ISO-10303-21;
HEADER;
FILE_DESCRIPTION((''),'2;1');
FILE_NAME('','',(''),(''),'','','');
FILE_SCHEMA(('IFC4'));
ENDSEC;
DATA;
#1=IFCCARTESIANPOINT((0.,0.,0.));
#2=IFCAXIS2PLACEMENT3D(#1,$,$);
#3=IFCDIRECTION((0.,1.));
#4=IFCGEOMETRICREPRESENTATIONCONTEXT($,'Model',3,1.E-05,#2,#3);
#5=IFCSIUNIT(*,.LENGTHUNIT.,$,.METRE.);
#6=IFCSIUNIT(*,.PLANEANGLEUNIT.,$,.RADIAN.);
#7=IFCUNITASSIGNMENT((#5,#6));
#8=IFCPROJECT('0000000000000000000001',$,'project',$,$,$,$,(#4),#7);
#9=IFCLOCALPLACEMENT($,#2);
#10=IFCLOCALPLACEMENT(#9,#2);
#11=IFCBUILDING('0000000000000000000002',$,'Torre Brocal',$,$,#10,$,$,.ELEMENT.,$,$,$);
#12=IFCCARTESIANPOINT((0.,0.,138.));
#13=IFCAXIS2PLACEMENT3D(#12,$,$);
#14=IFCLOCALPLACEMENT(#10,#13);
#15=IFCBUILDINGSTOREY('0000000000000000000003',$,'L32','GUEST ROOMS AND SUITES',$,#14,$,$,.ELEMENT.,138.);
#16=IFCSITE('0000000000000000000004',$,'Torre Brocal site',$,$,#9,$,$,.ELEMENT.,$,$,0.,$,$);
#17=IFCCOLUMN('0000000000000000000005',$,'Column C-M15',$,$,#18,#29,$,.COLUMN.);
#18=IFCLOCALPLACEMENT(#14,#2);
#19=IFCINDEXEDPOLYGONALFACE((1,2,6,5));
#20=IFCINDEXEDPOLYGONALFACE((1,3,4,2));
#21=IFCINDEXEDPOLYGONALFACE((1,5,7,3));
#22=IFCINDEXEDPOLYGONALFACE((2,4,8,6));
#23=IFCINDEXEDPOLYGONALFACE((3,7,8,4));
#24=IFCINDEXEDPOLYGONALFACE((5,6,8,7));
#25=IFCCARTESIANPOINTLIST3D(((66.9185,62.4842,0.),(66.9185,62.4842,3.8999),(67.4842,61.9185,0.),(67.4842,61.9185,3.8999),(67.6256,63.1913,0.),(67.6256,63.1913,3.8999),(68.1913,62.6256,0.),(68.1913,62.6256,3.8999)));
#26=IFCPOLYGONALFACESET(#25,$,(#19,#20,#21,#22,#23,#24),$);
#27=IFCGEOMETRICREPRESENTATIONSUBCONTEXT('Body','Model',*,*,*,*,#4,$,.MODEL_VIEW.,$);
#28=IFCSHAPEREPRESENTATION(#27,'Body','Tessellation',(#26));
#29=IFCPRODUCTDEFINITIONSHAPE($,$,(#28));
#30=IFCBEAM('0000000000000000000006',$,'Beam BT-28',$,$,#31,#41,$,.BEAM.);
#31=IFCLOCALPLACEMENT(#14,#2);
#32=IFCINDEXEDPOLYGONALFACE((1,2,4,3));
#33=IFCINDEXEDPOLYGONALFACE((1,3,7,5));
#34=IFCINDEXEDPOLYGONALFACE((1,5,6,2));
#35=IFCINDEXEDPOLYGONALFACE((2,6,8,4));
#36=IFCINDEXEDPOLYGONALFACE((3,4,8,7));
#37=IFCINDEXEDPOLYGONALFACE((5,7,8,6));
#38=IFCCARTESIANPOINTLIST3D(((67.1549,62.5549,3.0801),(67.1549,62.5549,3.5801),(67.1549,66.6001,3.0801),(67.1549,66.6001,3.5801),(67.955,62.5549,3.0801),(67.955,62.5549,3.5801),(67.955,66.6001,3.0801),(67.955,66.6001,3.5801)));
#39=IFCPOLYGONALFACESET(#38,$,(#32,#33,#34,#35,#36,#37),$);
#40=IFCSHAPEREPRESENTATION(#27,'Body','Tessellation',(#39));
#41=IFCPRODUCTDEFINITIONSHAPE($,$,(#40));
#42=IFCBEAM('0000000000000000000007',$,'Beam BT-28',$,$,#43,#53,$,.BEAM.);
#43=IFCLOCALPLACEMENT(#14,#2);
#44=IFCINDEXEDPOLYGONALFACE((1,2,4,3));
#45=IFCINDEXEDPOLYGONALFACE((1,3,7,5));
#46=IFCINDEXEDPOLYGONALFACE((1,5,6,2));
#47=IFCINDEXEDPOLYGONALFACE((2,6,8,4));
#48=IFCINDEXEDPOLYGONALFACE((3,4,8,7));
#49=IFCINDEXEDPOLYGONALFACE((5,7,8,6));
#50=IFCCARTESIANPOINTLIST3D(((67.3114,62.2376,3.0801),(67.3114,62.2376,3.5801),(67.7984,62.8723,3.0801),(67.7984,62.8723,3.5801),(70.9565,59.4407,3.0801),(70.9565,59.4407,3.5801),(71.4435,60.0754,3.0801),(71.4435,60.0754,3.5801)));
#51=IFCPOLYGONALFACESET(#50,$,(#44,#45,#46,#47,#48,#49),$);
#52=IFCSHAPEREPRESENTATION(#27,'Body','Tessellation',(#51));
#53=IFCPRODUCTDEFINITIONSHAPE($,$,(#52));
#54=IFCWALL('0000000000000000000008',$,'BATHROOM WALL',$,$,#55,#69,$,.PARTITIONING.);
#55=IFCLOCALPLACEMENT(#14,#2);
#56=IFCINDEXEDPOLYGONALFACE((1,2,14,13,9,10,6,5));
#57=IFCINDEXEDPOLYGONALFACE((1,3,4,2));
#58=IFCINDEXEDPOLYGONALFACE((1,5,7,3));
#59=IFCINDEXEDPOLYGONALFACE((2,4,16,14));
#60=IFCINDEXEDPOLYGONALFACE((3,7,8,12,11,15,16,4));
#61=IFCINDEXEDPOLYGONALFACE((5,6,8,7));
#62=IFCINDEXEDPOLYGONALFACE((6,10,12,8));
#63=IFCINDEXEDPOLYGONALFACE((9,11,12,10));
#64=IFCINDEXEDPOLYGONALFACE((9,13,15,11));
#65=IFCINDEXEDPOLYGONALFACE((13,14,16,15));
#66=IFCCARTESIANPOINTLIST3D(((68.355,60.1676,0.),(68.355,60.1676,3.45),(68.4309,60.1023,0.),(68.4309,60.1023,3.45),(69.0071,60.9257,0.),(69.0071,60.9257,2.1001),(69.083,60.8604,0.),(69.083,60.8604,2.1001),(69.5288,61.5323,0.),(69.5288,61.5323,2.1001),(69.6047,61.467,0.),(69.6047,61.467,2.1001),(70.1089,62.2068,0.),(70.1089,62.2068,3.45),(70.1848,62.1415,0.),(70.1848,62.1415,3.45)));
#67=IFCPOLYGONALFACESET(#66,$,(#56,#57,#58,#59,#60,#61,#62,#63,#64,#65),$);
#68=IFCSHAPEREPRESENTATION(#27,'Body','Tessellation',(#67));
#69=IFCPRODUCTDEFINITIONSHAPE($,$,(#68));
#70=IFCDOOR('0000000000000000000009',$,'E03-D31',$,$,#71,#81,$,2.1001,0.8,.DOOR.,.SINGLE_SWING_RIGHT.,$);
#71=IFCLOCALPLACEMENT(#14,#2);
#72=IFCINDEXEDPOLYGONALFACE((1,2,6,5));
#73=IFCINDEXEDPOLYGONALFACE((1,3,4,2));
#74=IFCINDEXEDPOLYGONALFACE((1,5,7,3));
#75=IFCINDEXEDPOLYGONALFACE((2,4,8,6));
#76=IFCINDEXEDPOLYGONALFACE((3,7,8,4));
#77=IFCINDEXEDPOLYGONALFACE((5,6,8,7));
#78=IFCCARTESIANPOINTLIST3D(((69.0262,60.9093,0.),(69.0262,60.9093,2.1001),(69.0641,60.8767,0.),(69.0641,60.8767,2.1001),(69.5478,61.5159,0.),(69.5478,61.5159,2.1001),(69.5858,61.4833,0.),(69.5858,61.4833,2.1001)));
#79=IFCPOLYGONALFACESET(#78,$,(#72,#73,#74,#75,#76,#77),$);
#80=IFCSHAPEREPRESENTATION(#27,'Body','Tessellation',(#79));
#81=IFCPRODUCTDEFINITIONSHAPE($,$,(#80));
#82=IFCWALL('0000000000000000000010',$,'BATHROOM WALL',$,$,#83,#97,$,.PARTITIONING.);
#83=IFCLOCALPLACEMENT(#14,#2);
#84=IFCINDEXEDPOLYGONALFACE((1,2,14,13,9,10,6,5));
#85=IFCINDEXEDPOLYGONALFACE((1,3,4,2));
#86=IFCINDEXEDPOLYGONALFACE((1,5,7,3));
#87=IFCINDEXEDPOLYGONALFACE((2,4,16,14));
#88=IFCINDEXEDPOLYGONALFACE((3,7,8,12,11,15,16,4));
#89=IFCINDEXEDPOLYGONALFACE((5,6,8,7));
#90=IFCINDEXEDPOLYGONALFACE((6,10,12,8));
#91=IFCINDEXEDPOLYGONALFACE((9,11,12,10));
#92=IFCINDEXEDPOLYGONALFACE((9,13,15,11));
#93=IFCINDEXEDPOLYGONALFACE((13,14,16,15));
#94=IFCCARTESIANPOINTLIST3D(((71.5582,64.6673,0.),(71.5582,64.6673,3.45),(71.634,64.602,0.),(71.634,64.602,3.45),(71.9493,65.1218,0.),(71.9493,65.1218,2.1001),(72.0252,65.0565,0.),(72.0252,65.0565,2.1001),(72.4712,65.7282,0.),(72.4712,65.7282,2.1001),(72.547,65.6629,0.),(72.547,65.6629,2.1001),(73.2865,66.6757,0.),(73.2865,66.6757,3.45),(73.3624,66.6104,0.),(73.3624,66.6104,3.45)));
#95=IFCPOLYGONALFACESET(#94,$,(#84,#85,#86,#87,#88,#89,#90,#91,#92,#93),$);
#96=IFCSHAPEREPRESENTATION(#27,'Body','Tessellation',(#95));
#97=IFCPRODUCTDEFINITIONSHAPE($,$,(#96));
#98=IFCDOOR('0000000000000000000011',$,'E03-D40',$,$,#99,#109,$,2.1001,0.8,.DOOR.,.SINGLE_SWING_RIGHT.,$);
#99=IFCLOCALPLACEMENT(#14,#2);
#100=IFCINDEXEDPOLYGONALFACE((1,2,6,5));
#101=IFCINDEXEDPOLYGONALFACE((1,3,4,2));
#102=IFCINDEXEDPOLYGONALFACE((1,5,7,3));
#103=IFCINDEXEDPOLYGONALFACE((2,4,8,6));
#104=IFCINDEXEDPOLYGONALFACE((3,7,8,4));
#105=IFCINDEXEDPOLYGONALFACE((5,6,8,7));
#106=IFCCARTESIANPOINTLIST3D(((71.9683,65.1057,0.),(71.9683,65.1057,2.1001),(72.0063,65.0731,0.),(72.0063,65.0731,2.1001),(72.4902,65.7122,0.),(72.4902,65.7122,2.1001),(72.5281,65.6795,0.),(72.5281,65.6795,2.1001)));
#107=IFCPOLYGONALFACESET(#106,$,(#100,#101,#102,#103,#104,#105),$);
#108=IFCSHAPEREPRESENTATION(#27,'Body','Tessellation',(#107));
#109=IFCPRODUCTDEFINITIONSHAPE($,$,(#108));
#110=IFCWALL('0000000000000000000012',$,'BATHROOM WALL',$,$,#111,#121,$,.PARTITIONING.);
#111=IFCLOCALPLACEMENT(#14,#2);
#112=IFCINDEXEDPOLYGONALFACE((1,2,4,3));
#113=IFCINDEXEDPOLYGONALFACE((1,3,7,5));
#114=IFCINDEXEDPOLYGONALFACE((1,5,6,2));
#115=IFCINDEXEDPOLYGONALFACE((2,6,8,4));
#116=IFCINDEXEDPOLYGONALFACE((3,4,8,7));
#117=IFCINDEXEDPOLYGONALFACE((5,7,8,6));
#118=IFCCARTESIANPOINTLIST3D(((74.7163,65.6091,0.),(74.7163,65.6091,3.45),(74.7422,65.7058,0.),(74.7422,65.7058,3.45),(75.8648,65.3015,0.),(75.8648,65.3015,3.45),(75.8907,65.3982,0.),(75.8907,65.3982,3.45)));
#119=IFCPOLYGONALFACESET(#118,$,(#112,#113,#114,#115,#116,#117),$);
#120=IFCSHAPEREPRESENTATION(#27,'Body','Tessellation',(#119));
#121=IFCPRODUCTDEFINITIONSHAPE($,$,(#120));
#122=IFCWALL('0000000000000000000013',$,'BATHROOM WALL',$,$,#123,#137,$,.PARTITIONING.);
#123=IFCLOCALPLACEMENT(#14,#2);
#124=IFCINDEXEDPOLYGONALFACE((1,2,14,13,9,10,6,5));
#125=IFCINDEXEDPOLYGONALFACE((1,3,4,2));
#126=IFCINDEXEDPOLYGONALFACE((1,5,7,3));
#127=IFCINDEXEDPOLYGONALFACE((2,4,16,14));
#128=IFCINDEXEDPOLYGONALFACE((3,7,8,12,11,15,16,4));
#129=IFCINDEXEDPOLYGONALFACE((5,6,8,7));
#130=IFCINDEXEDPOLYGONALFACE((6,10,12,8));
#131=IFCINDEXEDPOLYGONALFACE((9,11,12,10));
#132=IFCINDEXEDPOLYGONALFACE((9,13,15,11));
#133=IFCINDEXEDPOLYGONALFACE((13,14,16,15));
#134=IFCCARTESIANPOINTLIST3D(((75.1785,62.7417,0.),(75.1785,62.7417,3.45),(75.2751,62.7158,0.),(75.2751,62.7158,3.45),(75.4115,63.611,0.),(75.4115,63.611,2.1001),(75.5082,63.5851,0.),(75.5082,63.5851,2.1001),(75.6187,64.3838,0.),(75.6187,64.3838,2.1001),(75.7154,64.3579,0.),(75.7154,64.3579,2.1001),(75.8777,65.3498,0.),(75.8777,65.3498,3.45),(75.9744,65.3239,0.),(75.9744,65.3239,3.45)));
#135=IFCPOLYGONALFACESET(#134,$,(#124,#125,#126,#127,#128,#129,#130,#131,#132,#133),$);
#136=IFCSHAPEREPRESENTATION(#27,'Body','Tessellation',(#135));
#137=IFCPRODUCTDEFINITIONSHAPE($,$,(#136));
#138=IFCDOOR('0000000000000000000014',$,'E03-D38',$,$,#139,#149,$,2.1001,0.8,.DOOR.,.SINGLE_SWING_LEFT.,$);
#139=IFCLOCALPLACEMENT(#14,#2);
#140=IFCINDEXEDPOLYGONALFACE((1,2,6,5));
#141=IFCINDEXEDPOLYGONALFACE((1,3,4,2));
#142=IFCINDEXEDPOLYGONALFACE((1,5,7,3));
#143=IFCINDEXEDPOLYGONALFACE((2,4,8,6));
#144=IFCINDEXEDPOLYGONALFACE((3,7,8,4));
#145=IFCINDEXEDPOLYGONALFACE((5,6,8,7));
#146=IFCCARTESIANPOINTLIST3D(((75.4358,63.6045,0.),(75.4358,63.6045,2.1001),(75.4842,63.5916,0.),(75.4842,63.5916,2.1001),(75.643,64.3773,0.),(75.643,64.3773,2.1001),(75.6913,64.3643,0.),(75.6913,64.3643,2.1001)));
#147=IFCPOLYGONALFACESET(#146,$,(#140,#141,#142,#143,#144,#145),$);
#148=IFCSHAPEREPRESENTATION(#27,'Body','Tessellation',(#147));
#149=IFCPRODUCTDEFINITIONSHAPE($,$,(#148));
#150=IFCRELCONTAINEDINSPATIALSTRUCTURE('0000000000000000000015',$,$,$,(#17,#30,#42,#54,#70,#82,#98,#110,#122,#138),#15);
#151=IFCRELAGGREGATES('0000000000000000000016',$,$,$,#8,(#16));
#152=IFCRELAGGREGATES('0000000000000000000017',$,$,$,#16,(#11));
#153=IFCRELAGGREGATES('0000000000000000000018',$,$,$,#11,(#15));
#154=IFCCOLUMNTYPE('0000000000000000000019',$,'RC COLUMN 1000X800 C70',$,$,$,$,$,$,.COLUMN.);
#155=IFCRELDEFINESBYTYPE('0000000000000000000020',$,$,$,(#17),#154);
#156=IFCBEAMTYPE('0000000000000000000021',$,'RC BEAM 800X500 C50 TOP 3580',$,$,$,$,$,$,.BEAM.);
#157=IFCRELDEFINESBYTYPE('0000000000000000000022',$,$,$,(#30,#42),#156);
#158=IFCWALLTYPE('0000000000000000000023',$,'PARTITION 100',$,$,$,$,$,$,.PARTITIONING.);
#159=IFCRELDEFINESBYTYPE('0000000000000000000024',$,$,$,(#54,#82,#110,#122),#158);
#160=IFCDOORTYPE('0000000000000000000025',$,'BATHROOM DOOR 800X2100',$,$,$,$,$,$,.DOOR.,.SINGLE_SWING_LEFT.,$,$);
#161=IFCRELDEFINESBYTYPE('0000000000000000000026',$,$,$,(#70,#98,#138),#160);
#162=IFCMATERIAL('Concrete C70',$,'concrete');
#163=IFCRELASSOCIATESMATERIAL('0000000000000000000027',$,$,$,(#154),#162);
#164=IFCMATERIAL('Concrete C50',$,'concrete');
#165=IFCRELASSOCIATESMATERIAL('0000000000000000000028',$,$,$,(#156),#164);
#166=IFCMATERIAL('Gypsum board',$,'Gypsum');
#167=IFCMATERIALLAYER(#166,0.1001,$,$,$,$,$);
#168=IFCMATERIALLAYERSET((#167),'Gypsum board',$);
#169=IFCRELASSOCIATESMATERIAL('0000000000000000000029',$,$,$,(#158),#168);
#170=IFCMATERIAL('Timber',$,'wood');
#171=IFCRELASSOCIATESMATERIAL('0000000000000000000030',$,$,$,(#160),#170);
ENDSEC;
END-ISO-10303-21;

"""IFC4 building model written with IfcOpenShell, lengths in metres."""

from ifc_helpers import new_model, si_unit, direction, frame, frame_2d, origin, origin_2d, place, context, subcontext, project, spatial, rectangle, extrude, material, layer, layer_set, material_profile, profile_set, type_object, element, fill, save


model = new_model("IFC4")

# Units and contexts
model_context = context("Model", 3, precision=1e-05, world=origin(), true_north=direction((0.0, 1.0)))
body_context = subcontext(model_context, "Body", "Model", "MODEL_VIEW")
ifc_project = project(units=[si_unit("LENGTHUNIT", "METRE"), si_unit("PLANEANGLEUNIT", "RADIAN")], contexts=[model_context])

# Site, building, storey
site_placement = place(None, origin())
site = spatial("IfcSite", under=ifc_project, at=site_placement, Name="Torre Brocal site", CompositionType="ELEMENT", RefElevation=0.0)
building_placement = place(site_placement, origin())
building = spatial("IfcBuilding", under=site, at=building_placement, Name="Torre Brocal", CompositionType="ELEMENT")
storey_placement = place(building_placement, frame((0.0, 0.0, 138.0)))
storey = spatial("IfcBuildingStorey", under=building, at=storey_placement, Name="L32", Description="GUEST ROOMS AND SUITES", CompositionType="ELEMENT", Elevation=138.0)

# Column
ifc_material_1 = material(Name="Concrete C70", Category="concrete")
ifc_material_profile_1 = material_profile(ifc_material_1, rectangle(XDim=1.0, YDim=0.8, at=origin_2d()), Name="RC 1000X800")
ifc_profile_set_1 = profile_set([ifc_material_profile_1], Name="Concrete C70")
column_type = type_object("IfcColumnType", Name="RC COLUMN 1000X800 C70", PredefinedType="COLUMN", material=ifc_profile_set_1)
column_placement = place(storey_placement, frame((67.5549, 62.5549, 0.0), z_axis=(0.0, 0.0, 1.0), x_axis=(-0.707107, -0.707107, 0.0)))
element("IfcColumn", 1, at=column_placement, inside=storey, type_object=column_type, Name="Column C-M15", PredefinedType="COLUMN", context=body_context, shape_type="SweptSolid", body=[
    extrude(rectangle(XDim=1.0, YDim=0.8, at=origin_2d()), origin(), (0.0, 0.0, 1.0), 3.8999),
])

# Beams
ifc_material_2 = material(Name="Concrete C50", Category="concrete")
ifc_material_profile_2 = material_profile(ifc_material_2, rectangle(XDim=0.8, YDim=0.5, at=origin_2d()), Name="RC 800X500")
ifc_profile_set_2 = profile_set([ifc_material_profile_2], Name="Concrete C50")
beam_type = type_object("IfcBeamType", Name="RC BEAM 800X500 C50 TOP 3580", PredefinedType="BEAM", material=ifc_profile_set_2)
beam_1_placement = place(storey_placement, frame((67.5549, 62.5549, 3.3301), z_axis=(0.0, 1.0, 0.0), x_axis=(-1.0, 0.0, 0.0)))
element("IfcBeam", 2, at=beam_1_placement, inside=storey, type_object=beam_type, Name="Beam BT-28", PredefinedType="BEAM", context=body_context, shape_type="SweptSolid", body=[
    extrude(rectangle(XDim=0.8, YDim=0.5, at=origin_2d()), origin(), (0.0, 0.0, 1.0), 4.0452),
])
beam_2_placement = place(storey_placement, frame((67.5549, 62.5549, 3.3301), z_axis=(0.793358, -0.608755, 0.0), x_axis=(0.608755, 0.793358, 0.0)))
element("IfcBeam", 3, at=beam_2_placement, inside=storey, type_object=beam_type, Name="Beam BT-28", PredefinedType="BEAM", context=body_context, shape_type="SweptSolid", body=[
    extrude(rectangle(XDim=0.8, YDim=0.5, at=origin_2d()), origin(), (0.0, 0.0, 1.0), 4.5945),
])

# Walls, openings, doors
ifc_material_3 = material(Name="Gypsum board", Category="Gypsum")
ifc_layer_1 = layer(ifc_material_3, 0.1001)
ifc_layer_set_1 = layer_set([ifc_layer_1], Name="Gypsum board")
wall_type_1 = type_object("IfcWallType", Name="PARTITION 100", PredefinedType="PARTITIONING", material=ifc_layer_set_1)
wall_1_placement = place(storey_placement, frame((68.3931, 60.135, 0.0), z_axis=(0.0, 0.0, 1.0), x_axis=(0.652061, 0.758166, 0.0)))
wall_1 = element("IfcWall", 4, at=wall_1_placement, inside=storey, type_object=wall_type_1, Name="BATHROOM WALL", PredefinedType="PARTITIONING", context=body_context, shape_type="SweptSolid", body=[
    extrude(rectangle(XDim=2.6897, YDim=0.1001, at=frame_2d((1.3447, 0.0))), origin(), (0.0, 0.0, 1.0), 3.45),
])
opening_1_placement = place(wall_1_placement, frame((1.0, 0.0, 0.0)))
opening_1 = element("IfcOpeningElement", 5, at=opening_1_placement, cuts=wall_1, PredefinedType="OPENING", context=body_context, shape_type="SweptSolid", body=[
    extrude(rectangle(XDim=0.8, YDim=2.1001, at=frame_2d((0.3999, 1.05))), frame((0.0, 0.0601, 0.0), z_axis=(0.0, -1.0, 0.0), x_axis=(1.0, 0.0, 0.0)), (0.0, 0.0, 1.0), 0.1201),
])
ifc_material_4 = material(Name="Timber", Category="wood")
door_type_1 = type_object("IfcDoorType", Name="BATHROOM DOOR 800X2100", OperationType="SINGLE_SWING_LEFT", PredefinedType="DOOR", material=ifc_material_4)
door_1_placement = place(opening_1_placement, origin())
door_1 = element("IfcDoor", 6, at=door_1_placement, inside=storey, type_object=door_type_1, Name="E03-D31", OperationType="SINGLE_SWING_RIGHT", OverallHeight=2.1001, OverallWidth=0.8, PredefinedType="DOOR", context=body_context, shape_type="SweptSolid", body=[
    extrude(rectangle(XDim=0.8, YDim=2.1001, at=frame_2d((0.3999, 1.05))), frame((0.0, 0.0249, 0.0), z_axis=(0.0, -1.0, 0.0), x_axis=(1.0, 0.0, 0.0)), (0.0, 0.0, 1.0), 0.05),
])
fill(opening_1, door_1)
wall_2_placement = place(storey_placement, frame((71.5962, 64.6348, 0.0), z_axis=(0.0, 0.0, 1.0), x_axis=(0.652285, 0.757974, 0.0)))
wall_2 = element("IfcWall", 7, at=wall_2_placement, inside=storey, type_object=wall_type_1, Name="BATHROOM WALL", PredefinedType="PARTITIONING", context=body_context, shape_type="SweptSolid", body=[
    extrude(rectangle(XDim=2.6497, YDim=0.1001, at=frame_2d((1.3247, 0.0))), origin(), (0.0, 0.0, 1.0), 3.45),
])
opening_2_placement = place(wall_2_placement, frame((0.5996, 0.0, 0.0)))
opening_2 = element("IfcOpeningElement", 8, at=opening_2_placement, cuts=wall_2, PredefinedType="OPENING", context=body_context, shape_type="SweptSolid", body=[
    extrude(rectangle(XDim=0.8, YDim=2.1001, at=frame_2d((0.3999, 1.05))), frame((0.0, 0.0601, 0.0), z_axis=(0.0, -1.0, 0.0), x_axis=(1.0, 0.0, 0.0)), (0.0, 0.0, 1.0), 0.1201),
])
door_2_placement = place(opening_2_placement, frame((0.8, 0.0, 0.0), z_axis=(0.0, 0.0, 1.0), x_axis=(-1.0, 0.0, 0.0)))
door_2 = element("IfcDoor", 9, at=door_2_placement, inside=storey, type_object=door_type_1, Name="E03-D40", OperationType="SINGLE_SWING_RIGHT", OverallHeight=2.1001, OverallWidth=0.8, PredefinedType="DOOR", context=body_context, shape_type="SweptSolid", body=[
    extrude(rectangle(XDim=0.8, YDim=2.1001, at=frame_2d((0.3999, 1.05))), frame((0.0, 0.0249, 0.0), z_axis=(0.0, -1.0, 0.0), x_axis=(1.0, 0.0, 0.0)), (0.0, 0.0, 1.0), 0.05),
])
fill(opening_2, door_2)

# Wall
wall_3_placement = place(storey_placement, frame((74.7292, 65.6575, 0.0), z_axis=(0.0, 0.0, 1.0), x_axis=(0.965948, -0.258736, 0.0)))
element("IfcWall", 10, at=wall_3_placement, inside=storey, type_object=wall_type_1, Name="BATHROOM WALL", PredefinedType="PARTITIONING", context=body_context, shape_type="SweptSolid", body=[
    extrude(rectangle(XDim=1.189, YDim=0.1001, at=frame_2d((0.5945, 0.0))), origin(), (0.0, 0.0, 1.0), 3.45),
])

# Wall, opening, door
wall_4_placement = place(storey_placement, frame((75.2268, 62.7288, 0.0), z_axis=(0.0, 0.0, 1.0), x_axis=(0.258945, 0.965892, 0.0)))
wall_4 = element("IfcWall", 11, at=wall_4_placement, inside=storey, type_object=wall_type_1, Name="BATHROOM WALL", PredefinedType="PARTITIONING", context=body_context, shape_type="SweptSolid", body=[
    extrude(rectangle(XDim=2.7002, YDim=0.1001, at=frame_2d((1.3501, 0.0))), origin(), (0.0, 0.0, 1.0), 3.45),
])
opening_3_placement = place(wall_4_placement, frame((0.9001, 0.0, 0.0)))
opening_3 = element("IfcOpeningElement", 12, at=opening_3_placement, cuts=wall_4, PredefinedType="OPENING", context=body_context, shape_type="SweptSolid", body=[
    extrude(rectangle(XDim=0.8, YDim=2.1001, at=frame_2d((0.3999, 1.05))), frame((0.0, 0.0601, 0.0), z_axis=(0.0, -1.0, 0.0), x_axis=(1.0, 0.0, 0.0)), (0.0, 0.0, 1.0), 0.1201),
])
door_3_placement = place(opening_3_placement, origin())
door_3 = element("IfcDoor", 13, at=door_3_placement, inside=storey, type_object=door_type_1, Name="E03-D38", OperationType="SINGLE_SWING_LEFT", OverallHeight=2.1001, OverallWidth=0.8, PredefinedType="DOOR", context=body_context, shape_type="SweptSolid", body=[
    extrude(rectangle(XDim=0.8, YDim=2.1001, at=frame_2d((0.3999, 1.05))), frame((0.0, 0.0249, 0.0), z_axis=(0.0, -1.0, 0.0), x_axis=(1.0, 0.0, 0.0)), (0.0, 0.0, 1.0), 0.05),
])
fill(opening_3, door_3)

save(model, "model.ifc")
